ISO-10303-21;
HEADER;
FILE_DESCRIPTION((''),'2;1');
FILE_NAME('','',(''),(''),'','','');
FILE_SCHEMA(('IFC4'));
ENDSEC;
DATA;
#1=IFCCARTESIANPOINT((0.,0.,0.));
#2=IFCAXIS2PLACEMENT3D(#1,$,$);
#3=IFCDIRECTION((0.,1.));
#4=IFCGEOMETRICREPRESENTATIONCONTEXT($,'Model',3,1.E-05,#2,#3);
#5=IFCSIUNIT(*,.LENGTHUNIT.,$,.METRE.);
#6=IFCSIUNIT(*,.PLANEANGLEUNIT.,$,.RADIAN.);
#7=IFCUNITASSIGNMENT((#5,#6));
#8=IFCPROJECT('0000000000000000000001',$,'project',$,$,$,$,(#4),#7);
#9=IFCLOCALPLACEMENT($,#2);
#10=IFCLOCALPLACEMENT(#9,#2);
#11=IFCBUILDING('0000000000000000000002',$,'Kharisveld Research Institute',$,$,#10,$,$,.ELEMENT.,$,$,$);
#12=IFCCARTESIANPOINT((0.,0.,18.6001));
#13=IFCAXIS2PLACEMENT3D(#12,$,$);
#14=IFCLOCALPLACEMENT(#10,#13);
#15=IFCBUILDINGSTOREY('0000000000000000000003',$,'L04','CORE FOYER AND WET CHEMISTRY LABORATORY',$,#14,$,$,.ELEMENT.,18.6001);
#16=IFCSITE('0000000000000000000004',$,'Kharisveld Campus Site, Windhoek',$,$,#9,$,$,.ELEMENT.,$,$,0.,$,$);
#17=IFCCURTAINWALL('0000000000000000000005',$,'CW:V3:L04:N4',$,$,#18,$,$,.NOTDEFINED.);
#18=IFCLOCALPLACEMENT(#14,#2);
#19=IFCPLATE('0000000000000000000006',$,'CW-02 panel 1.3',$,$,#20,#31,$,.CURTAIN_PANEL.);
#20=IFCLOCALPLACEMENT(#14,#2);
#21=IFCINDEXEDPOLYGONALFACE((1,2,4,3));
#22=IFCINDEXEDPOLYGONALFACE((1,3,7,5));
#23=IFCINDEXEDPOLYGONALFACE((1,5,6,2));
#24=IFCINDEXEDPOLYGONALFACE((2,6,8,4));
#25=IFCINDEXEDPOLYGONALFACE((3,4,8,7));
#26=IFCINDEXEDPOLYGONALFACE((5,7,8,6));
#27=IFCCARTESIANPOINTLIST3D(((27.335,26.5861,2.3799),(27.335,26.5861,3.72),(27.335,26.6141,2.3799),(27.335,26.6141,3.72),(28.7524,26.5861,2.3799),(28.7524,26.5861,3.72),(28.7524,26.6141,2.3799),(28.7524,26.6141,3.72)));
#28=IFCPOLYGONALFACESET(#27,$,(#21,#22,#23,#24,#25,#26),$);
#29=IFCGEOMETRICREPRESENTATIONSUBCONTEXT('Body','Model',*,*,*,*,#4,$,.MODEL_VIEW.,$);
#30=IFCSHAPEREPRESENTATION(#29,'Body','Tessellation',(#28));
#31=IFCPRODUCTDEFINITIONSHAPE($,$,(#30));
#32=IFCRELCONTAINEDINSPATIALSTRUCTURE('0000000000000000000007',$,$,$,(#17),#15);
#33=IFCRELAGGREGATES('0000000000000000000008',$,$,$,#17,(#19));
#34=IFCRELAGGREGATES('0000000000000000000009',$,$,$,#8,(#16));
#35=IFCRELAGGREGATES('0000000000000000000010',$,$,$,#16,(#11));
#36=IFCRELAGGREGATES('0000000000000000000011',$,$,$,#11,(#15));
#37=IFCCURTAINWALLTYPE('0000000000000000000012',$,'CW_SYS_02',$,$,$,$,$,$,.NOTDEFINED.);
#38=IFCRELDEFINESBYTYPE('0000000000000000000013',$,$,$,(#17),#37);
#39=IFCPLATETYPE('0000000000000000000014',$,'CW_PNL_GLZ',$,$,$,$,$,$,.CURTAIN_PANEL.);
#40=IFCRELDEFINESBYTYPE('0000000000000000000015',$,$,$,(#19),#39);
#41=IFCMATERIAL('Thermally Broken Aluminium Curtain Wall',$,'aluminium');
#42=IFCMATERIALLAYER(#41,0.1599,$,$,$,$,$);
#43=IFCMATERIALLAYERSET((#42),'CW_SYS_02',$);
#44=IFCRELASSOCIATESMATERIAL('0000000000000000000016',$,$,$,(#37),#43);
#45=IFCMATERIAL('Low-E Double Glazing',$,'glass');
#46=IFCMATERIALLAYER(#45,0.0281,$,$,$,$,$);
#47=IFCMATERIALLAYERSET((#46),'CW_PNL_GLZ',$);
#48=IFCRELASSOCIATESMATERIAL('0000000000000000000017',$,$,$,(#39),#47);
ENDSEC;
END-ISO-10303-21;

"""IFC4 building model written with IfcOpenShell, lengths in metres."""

from ifc_helpers import new_model, si_unit, direction, frame, origin, origin_2d, place, context, subcontext, project, spatial, rectangle, extrude, material, layer, layer_set, type_object, element, aggregate, save


model = new_model("IFC4")

# Units and contexts
model_context = context("Model", 3, precision=1e-05, world=origin(), true_north=direction((0.0, 1.0)))
body_context = subcontext(model_context, "Body", "Model", "MODEL_VIEW")
ifc_project = project(units=[si_unit("LENGTHUNIT", "METRE"), si_unit("PLANEANGLEUNIT", "RADIAN")], contexts=[model_context])

# Site, building, storey
site_placement = place(None, origin())
site = spatial("IfcSite", under=ifc_project, at=site_placement, Name="Kharisveld Campus Site, Windhoek", CompositionType="ELEMENT", RefElevation=0.0)
building_placement = place(site_placement, origin())
building = spatial("IfcBuilding", under=site, at=building_placement, Name="Kharisveld Research Institute", CompositionType="ELEMENT")
storey_placement = place(building_placement, frame((0.0, 0.0, 18.6001)))
storey = spatial("IfcBuildingStorey", under=building, at=storey_placement, Name="L04", Description="CORE FOYER AND WET CHEMISTRY LABORATORY", CompositionType="ELEMENT", Elevation=18.6001)

# Curtain wall
ifc_material_1 = material(Name="Thermally Broken Aluminium Curtain Wall", Category="aluminium")
ifc_layer_1 = layer(ifc_material_1, 0.1599)
ifc_layer_set_1 = layer_set([ifc_layer_1], Name="CW_SYS_02")
curtain_wall_type_1 = type_object("IfcCurtainWallType", Name="CW_SYS_02", PredefinedType="NOTDEFINED", material=ifc_layer_set_1)
curtain_wall_1_placement = place(storey_placement, origin())
curtain_wall_1 = element("IfcCurtainWall", 1, at=curtain_wall_1_placement, inside=storey, type_object=curtain_wall_type_1, Name="CW:V3:L04:N4", PredefinedType="NOTDEFINED")

# Plate
ifc_material_2 = material(Name="Low-E Double Glazing", Category="glass")
ifc_layer_2 = layer(ifc_material_2, 0.0281)
ifc_layer_set_2 = layer_set([ifc_layer_2], Name="CW_PNL_GLZ")
plate_type = type_object("IfcPlateType", Name="CW_PNL_GLZ", PredefinedType="CURTAIN_PANEL", material=ifc_layer_set_2)
plate_1_placement = place(storey_placement, frame((28.0437, 26.6001, 2.3799), z_axis=(0.0, 0.0, 1.0), x_axis=(1.0, 0.0, 0.0)))
plate_1 = element("IfcPlate", 2, at=plate_1_placement, type_object=plate_type, Name="CW-02 panel 1.3", PredefinedType="CURTAIN_PANEL", context=body_context, shape_type="SweptSolid", body=[
    extrude(rectangle(XDim=1.4175, YDim=0.0281, at=origin_2d()), origin(), (0.0, 0.0, 1.0), 1.3401),
])
aggregate(curtain_wall_1, [plate_1])

save(model, "model.ifc")
